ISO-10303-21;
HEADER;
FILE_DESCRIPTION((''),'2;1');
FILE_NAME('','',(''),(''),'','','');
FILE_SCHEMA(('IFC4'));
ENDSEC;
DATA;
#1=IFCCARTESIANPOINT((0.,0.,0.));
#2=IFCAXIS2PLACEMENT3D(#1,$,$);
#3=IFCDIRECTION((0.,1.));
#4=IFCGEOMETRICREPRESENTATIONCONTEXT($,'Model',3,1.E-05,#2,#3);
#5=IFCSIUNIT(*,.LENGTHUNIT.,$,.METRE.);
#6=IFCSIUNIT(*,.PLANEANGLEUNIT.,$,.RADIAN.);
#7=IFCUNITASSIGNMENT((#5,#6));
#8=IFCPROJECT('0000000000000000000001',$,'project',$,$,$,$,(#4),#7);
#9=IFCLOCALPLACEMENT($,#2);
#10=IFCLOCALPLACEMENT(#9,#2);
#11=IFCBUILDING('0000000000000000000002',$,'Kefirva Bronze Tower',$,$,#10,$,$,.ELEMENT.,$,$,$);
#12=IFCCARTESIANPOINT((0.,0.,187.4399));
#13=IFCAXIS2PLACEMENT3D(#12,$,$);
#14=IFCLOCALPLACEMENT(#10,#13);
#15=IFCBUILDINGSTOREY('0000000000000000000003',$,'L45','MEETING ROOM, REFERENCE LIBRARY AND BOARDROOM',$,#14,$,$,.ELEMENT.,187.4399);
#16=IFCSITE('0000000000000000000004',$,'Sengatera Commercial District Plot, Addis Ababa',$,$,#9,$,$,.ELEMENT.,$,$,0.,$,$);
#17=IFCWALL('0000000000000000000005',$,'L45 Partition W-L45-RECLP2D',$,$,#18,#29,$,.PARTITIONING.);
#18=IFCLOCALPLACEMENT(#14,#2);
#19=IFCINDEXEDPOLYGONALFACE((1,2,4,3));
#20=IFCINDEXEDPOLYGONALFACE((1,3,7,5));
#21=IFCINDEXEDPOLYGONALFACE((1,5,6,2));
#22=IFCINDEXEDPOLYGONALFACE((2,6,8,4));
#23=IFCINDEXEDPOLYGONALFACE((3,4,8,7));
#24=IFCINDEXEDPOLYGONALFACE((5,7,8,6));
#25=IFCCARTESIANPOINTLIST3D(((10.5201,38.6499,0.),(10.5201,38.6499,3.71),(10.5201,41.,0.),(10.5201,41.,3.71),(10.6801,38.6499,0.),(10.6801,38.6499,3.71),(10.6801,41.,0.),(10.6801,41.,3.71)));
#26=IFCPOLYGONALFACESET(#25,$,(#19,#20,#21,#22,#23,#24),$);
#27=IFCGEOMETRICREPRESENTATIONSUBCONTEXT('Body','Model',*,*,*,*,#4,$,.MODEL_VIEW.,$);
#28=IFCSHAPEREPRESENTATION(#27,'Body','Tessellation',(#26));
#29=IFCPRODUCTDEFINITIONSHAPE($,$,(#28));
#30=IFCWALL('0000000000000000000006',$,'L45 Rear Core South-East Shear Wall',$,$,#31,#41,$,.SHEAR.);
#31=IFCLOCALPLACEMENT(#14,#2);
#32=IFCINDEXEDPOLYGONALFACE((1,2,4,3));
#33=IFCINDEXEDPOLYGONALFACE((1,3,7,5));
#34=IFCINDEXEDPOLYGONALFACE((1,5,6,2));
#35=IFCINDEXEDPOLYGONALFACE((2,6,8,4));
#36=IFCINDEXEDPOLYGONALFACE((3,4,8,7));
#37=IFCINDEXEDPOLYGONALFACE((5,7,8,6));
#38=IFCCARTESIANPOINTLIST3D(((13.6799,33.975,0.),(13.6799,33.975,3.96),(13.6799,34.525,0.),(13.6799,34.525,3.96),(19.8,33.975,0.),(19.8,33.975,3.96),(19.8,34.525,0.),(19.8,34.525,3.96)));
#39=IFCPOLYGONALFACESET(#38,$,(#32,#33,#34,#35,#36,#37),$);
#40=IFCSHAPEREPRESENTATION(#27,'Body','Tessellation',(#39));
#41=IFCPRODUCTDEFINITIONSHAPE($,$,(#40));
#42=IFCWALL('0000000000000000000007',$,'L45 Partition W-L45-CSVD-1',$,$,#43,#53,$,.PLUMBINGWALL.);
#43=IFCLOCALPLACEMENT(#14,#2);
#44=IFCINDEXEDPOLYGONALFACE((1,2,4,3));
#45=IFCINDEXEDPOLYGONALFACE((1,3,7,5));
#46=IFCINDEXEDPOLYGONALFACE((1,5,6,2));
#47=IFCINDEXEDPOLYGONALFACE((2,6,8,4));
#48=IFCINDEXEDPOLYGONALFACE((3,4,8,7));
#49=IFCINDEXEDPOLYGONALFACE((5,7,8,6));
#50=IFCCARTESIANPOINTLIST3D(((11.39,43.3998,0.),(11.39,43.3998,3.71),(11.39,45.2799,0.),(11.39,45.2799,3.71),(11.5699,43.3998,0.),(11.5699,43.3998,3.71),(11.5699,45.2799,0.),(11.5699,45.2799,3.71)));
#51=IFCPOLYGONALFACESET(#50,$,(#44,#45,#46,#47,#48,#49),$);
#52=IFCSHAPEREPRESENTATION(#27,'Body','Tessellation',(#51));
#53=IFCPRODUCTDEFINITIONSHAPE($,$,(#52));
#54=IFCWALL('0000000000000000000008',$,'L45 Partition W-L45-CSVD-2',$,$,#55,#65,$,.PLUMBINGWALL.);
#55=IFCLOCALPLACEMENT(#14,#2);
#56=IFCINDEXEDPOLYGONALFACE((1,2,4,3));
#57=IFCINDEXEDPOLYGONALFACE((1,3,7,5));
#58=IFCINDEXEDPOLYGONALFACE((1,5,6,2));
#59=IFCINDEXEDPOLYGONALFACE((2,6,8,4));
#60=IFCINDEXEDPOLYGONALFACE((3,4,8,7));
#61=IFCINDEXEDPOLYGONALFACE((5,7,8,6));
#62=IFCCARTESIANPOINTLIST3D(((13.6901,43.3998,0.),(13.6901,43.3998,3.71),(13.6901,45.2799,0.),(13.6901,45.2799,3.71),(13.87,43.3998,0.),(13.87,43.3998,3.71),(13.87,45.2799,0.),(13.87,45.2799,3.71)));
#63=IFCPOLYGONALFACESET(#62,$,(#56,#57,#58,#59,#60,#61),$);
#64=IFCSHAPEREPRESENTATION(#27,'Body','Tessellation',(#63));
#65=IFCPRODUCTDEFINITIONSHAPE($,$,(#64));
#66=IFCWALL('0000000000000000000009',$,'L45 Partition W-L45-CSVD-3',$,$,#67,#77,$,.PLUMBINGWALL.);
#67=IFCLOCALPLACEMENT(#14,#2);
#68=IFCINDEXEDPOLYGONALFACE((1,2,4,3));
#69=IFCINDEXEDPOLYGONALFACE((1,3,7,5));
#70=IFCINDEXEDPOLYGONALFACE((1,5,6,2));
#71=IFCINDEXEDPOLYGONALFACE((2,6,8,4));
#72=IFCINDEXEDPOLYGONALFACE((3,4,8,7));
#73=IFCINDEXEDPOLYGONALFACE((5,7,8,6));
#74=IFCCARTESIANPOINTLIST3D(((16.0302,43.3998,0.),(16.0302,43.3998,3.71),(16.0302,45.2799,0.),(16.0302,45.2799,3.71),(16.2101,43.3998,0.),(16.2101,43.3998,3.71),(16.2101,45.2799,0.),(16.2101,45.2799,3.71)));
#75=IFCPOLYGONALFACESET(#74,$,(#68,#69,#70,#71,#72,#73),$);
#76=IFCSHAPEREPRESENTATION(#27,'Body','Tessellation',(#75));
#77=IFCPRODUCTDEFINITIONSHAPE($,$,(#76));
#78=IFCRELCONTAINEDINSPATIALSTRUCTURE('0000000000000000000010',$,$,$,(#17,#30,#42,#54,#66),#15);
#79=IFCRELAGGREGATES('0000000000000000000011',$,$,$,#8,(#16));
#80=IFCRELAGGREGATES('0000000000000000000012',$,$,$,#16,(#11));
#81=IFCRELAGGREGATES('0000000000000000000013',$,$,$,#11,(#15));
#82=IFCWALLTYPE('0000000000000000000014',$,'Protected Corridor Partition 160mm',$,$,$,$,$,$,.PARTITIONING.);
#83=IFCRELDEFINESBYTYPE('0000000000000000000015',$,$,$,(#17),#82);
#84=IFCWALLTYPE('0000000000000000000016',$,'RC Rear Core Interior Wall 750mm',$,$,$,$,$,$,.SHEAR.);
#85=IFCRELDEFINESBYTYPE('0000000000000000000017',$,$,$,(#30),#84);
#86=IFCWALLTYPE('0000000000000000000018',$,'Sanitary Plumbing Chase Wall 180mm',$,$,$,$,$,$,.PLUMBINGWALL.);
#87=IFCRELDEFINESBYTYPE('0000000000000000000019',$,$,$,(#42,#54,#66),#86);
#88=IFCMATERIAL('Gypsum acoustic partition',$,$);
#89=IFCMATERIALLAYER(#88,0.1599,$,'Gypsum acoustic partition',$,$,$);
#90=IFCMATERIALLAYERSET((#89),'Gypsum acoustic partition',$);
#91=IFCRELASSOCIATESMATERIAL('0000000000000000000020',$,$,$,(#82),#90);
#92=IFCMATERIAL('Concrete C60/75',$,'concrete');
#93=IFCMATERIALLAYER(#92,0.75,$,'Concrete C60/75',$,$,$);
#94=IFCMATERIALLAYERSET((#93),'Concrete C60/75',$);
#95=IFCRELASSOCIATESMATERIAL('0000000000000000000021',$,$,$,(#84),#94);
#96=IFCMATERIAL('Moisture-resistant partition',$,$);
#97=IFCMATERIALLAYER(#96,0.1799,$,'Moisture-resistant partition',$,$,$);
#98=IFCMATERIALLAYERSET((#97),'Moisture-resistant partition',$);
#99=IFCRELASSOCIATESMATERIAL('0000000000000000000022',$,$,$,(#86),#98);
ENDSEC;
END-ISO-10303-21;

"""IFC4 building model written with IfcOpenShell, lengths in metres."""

from ifc_helpers import new_model, si_unit, direction, frame, frame_2d, origin, place, context, subcontext, project, spatial, rectangle, extrude, material, layer, layer_set, type_object, element, save


model = new_model("IFC4")

# Units and contexts
model_context = context("Model", 3, precision=1e-05, world=origin(), true_north=direction((0.0, 1.0)))
body_context = subcontext(model_context, "Body", "Model", "MODEL_VIEW")
ifc_project = project(units=[si_unit("LENGTHUNIT", "METRE"), si_unit("PLANEANGLEUNIT", "RADIAN")], contexts=[model_context])

# Site, building, storey
site_placement = place(None, origin())
site = spatial("IfcSite", under=ifc_project, at=site_placement, Name="Sengatera Commercial District Plot, Addis Ababa", CompositionType="ELEMENT", RefElevation=0.0)
building_placement = place(site_placement, origin())
building = spatial("IfcBuilding", under=site, at=building_placement, Name="Kefirva Bronze Tower", CompositionType="ELEMENT")
storey_placement = place(building_placement, frame((0.0, 0.0, 187.4399)))
storey = spatial("IfcBuildingStorey", under=building, at=storey_placement, Name="L45", Description="MEETING ROOM, REFERENCE LIBRARY AND BOARDROOM", CompositionType="ELEMENT", Elevation=187.4399)

# Shared definitions
ifc_material_1 = material(Name="Concrete C60/75", Category="concrete")

# Shared definitions
ifc_material_2 = material(Name="Gypsum acoustic partition")
ifc_layer_1 = layer(ifc_material_2, 0.1599, Name="Gypsum acoustic partition")
ifc_layer_set_1 = layer_set([ifc_layer_1], Name="Gypsum acoustic partition")
wall_type_1 = type_object("IfcWallType", Name="Protected Corridor Partition 160mm", PredefinedType="PARTITIONING", material=ifc_layer_set_1)

# Walls
wall_1_placement = place(storey_placement, frame((10.6001, 38.6499, 0.0), z_axis=(0.0, 0.0, 1.0), x_axis=(0.0, 1.0, 0.0)))
element("IfcWall", 1, at=wall_1_placement, inside=storey, type_object=wall_type_1, Name="L45 Partition W-L45-RECLP2D", PredefinedType="PARTITIONING", context=body_context, shape_type="SweptSolid", body=[
    extrude(rectangle(XDim=2.3501, YDim=0.1599, at=frame_2d((1.175, 0.0))), origin(), (0.0, 0.0, 1.0), 3.71),
])
ifc_layer_2 = layer(ifc_material_1, 0.75, Name="Concrete C60/75")
ifc_layer_set_2 = layer_set([ifc_layer_2], Name="Concrete C60/75")
wall_type_2 = type_object("IfcWallType", Name="RC Rear Core Interior Wall 750mm", PredefinedType="SHEAR", material=ifc_layer_set_2)
wall_2_placement = place(storey_placement, frame((13.6799, 34.25, 0.0), z_axis=(0.0, 0.0, 1.0), x_axis=(1.0, 0.0, 0.0)))
element("IfcWall", 2, at=wall_2_placement, inside=storey, type_object=wall_type_2, Name="L45 Rear Core South-East Shear Wall", PredefinedType="SHEAR", context=body_context, shape_type="SweptSolid", body=[
    extrude(rectangle(XDim=6.1201, YDim=0.55, at=frame_2d((3.0601, 0.0))), origin(), (0.0, 0.0, 1.0), 3.96),
])
ifc_material_3 = material(Name="Moisture-resistant partition")
ifc_layer_3 = layer(ifc_material_3, 0.1799, Name="Moisture-resistant partition")
ifc_layer_set_3 = layer_set([ifc_layer_3], Name="Moisture-resistant partition")
wall_type_3 = type_object("IfcWallType", Name="Sanitary Plumbing Chase Wall 180mm", PredefinedType="PLUMBINGWALL", material=ifc_layer_set_3)
for number, where, z_axis, x_axis, name in (
    (3, (11.48, 43.3999, 0.0), (0.0, 0.0, 1.0), (0.0, 1.0, 0.0), "L45 Partition W-L45-CSVD-1"),
    (4, (13.78, 43.3999, 0.0), (0.0, 0.0, 1.0), (0.0, 1.0, 0.0), "L45 Partition W-L45-CSVD-2"),
    (5, (16.1201, 43.3999, 0.0), (0.0, 0.0, 1.0), (0.0, 1.0, 0.0), "L45 Partition W-L45-CSVD-3"),
):
    element("IfcWall", number, at=place(storey_placement, frame(where, z_axis=z_axis, x_axis=x_axis)), inside=storey, type_object=wall_type_3, Name=name, PredefinedType="PLUMBINGWALL", context=body_context, shape_type="SweptSolid", body=[
        extrude(rectangle(XDim=1.8801, YDim=0.1799, at=frame_2d((0.9399, 0.0))), origin(), (0.0, 0.0, 1.0), 3.71),
    ])

save(model, "model.ifc")
